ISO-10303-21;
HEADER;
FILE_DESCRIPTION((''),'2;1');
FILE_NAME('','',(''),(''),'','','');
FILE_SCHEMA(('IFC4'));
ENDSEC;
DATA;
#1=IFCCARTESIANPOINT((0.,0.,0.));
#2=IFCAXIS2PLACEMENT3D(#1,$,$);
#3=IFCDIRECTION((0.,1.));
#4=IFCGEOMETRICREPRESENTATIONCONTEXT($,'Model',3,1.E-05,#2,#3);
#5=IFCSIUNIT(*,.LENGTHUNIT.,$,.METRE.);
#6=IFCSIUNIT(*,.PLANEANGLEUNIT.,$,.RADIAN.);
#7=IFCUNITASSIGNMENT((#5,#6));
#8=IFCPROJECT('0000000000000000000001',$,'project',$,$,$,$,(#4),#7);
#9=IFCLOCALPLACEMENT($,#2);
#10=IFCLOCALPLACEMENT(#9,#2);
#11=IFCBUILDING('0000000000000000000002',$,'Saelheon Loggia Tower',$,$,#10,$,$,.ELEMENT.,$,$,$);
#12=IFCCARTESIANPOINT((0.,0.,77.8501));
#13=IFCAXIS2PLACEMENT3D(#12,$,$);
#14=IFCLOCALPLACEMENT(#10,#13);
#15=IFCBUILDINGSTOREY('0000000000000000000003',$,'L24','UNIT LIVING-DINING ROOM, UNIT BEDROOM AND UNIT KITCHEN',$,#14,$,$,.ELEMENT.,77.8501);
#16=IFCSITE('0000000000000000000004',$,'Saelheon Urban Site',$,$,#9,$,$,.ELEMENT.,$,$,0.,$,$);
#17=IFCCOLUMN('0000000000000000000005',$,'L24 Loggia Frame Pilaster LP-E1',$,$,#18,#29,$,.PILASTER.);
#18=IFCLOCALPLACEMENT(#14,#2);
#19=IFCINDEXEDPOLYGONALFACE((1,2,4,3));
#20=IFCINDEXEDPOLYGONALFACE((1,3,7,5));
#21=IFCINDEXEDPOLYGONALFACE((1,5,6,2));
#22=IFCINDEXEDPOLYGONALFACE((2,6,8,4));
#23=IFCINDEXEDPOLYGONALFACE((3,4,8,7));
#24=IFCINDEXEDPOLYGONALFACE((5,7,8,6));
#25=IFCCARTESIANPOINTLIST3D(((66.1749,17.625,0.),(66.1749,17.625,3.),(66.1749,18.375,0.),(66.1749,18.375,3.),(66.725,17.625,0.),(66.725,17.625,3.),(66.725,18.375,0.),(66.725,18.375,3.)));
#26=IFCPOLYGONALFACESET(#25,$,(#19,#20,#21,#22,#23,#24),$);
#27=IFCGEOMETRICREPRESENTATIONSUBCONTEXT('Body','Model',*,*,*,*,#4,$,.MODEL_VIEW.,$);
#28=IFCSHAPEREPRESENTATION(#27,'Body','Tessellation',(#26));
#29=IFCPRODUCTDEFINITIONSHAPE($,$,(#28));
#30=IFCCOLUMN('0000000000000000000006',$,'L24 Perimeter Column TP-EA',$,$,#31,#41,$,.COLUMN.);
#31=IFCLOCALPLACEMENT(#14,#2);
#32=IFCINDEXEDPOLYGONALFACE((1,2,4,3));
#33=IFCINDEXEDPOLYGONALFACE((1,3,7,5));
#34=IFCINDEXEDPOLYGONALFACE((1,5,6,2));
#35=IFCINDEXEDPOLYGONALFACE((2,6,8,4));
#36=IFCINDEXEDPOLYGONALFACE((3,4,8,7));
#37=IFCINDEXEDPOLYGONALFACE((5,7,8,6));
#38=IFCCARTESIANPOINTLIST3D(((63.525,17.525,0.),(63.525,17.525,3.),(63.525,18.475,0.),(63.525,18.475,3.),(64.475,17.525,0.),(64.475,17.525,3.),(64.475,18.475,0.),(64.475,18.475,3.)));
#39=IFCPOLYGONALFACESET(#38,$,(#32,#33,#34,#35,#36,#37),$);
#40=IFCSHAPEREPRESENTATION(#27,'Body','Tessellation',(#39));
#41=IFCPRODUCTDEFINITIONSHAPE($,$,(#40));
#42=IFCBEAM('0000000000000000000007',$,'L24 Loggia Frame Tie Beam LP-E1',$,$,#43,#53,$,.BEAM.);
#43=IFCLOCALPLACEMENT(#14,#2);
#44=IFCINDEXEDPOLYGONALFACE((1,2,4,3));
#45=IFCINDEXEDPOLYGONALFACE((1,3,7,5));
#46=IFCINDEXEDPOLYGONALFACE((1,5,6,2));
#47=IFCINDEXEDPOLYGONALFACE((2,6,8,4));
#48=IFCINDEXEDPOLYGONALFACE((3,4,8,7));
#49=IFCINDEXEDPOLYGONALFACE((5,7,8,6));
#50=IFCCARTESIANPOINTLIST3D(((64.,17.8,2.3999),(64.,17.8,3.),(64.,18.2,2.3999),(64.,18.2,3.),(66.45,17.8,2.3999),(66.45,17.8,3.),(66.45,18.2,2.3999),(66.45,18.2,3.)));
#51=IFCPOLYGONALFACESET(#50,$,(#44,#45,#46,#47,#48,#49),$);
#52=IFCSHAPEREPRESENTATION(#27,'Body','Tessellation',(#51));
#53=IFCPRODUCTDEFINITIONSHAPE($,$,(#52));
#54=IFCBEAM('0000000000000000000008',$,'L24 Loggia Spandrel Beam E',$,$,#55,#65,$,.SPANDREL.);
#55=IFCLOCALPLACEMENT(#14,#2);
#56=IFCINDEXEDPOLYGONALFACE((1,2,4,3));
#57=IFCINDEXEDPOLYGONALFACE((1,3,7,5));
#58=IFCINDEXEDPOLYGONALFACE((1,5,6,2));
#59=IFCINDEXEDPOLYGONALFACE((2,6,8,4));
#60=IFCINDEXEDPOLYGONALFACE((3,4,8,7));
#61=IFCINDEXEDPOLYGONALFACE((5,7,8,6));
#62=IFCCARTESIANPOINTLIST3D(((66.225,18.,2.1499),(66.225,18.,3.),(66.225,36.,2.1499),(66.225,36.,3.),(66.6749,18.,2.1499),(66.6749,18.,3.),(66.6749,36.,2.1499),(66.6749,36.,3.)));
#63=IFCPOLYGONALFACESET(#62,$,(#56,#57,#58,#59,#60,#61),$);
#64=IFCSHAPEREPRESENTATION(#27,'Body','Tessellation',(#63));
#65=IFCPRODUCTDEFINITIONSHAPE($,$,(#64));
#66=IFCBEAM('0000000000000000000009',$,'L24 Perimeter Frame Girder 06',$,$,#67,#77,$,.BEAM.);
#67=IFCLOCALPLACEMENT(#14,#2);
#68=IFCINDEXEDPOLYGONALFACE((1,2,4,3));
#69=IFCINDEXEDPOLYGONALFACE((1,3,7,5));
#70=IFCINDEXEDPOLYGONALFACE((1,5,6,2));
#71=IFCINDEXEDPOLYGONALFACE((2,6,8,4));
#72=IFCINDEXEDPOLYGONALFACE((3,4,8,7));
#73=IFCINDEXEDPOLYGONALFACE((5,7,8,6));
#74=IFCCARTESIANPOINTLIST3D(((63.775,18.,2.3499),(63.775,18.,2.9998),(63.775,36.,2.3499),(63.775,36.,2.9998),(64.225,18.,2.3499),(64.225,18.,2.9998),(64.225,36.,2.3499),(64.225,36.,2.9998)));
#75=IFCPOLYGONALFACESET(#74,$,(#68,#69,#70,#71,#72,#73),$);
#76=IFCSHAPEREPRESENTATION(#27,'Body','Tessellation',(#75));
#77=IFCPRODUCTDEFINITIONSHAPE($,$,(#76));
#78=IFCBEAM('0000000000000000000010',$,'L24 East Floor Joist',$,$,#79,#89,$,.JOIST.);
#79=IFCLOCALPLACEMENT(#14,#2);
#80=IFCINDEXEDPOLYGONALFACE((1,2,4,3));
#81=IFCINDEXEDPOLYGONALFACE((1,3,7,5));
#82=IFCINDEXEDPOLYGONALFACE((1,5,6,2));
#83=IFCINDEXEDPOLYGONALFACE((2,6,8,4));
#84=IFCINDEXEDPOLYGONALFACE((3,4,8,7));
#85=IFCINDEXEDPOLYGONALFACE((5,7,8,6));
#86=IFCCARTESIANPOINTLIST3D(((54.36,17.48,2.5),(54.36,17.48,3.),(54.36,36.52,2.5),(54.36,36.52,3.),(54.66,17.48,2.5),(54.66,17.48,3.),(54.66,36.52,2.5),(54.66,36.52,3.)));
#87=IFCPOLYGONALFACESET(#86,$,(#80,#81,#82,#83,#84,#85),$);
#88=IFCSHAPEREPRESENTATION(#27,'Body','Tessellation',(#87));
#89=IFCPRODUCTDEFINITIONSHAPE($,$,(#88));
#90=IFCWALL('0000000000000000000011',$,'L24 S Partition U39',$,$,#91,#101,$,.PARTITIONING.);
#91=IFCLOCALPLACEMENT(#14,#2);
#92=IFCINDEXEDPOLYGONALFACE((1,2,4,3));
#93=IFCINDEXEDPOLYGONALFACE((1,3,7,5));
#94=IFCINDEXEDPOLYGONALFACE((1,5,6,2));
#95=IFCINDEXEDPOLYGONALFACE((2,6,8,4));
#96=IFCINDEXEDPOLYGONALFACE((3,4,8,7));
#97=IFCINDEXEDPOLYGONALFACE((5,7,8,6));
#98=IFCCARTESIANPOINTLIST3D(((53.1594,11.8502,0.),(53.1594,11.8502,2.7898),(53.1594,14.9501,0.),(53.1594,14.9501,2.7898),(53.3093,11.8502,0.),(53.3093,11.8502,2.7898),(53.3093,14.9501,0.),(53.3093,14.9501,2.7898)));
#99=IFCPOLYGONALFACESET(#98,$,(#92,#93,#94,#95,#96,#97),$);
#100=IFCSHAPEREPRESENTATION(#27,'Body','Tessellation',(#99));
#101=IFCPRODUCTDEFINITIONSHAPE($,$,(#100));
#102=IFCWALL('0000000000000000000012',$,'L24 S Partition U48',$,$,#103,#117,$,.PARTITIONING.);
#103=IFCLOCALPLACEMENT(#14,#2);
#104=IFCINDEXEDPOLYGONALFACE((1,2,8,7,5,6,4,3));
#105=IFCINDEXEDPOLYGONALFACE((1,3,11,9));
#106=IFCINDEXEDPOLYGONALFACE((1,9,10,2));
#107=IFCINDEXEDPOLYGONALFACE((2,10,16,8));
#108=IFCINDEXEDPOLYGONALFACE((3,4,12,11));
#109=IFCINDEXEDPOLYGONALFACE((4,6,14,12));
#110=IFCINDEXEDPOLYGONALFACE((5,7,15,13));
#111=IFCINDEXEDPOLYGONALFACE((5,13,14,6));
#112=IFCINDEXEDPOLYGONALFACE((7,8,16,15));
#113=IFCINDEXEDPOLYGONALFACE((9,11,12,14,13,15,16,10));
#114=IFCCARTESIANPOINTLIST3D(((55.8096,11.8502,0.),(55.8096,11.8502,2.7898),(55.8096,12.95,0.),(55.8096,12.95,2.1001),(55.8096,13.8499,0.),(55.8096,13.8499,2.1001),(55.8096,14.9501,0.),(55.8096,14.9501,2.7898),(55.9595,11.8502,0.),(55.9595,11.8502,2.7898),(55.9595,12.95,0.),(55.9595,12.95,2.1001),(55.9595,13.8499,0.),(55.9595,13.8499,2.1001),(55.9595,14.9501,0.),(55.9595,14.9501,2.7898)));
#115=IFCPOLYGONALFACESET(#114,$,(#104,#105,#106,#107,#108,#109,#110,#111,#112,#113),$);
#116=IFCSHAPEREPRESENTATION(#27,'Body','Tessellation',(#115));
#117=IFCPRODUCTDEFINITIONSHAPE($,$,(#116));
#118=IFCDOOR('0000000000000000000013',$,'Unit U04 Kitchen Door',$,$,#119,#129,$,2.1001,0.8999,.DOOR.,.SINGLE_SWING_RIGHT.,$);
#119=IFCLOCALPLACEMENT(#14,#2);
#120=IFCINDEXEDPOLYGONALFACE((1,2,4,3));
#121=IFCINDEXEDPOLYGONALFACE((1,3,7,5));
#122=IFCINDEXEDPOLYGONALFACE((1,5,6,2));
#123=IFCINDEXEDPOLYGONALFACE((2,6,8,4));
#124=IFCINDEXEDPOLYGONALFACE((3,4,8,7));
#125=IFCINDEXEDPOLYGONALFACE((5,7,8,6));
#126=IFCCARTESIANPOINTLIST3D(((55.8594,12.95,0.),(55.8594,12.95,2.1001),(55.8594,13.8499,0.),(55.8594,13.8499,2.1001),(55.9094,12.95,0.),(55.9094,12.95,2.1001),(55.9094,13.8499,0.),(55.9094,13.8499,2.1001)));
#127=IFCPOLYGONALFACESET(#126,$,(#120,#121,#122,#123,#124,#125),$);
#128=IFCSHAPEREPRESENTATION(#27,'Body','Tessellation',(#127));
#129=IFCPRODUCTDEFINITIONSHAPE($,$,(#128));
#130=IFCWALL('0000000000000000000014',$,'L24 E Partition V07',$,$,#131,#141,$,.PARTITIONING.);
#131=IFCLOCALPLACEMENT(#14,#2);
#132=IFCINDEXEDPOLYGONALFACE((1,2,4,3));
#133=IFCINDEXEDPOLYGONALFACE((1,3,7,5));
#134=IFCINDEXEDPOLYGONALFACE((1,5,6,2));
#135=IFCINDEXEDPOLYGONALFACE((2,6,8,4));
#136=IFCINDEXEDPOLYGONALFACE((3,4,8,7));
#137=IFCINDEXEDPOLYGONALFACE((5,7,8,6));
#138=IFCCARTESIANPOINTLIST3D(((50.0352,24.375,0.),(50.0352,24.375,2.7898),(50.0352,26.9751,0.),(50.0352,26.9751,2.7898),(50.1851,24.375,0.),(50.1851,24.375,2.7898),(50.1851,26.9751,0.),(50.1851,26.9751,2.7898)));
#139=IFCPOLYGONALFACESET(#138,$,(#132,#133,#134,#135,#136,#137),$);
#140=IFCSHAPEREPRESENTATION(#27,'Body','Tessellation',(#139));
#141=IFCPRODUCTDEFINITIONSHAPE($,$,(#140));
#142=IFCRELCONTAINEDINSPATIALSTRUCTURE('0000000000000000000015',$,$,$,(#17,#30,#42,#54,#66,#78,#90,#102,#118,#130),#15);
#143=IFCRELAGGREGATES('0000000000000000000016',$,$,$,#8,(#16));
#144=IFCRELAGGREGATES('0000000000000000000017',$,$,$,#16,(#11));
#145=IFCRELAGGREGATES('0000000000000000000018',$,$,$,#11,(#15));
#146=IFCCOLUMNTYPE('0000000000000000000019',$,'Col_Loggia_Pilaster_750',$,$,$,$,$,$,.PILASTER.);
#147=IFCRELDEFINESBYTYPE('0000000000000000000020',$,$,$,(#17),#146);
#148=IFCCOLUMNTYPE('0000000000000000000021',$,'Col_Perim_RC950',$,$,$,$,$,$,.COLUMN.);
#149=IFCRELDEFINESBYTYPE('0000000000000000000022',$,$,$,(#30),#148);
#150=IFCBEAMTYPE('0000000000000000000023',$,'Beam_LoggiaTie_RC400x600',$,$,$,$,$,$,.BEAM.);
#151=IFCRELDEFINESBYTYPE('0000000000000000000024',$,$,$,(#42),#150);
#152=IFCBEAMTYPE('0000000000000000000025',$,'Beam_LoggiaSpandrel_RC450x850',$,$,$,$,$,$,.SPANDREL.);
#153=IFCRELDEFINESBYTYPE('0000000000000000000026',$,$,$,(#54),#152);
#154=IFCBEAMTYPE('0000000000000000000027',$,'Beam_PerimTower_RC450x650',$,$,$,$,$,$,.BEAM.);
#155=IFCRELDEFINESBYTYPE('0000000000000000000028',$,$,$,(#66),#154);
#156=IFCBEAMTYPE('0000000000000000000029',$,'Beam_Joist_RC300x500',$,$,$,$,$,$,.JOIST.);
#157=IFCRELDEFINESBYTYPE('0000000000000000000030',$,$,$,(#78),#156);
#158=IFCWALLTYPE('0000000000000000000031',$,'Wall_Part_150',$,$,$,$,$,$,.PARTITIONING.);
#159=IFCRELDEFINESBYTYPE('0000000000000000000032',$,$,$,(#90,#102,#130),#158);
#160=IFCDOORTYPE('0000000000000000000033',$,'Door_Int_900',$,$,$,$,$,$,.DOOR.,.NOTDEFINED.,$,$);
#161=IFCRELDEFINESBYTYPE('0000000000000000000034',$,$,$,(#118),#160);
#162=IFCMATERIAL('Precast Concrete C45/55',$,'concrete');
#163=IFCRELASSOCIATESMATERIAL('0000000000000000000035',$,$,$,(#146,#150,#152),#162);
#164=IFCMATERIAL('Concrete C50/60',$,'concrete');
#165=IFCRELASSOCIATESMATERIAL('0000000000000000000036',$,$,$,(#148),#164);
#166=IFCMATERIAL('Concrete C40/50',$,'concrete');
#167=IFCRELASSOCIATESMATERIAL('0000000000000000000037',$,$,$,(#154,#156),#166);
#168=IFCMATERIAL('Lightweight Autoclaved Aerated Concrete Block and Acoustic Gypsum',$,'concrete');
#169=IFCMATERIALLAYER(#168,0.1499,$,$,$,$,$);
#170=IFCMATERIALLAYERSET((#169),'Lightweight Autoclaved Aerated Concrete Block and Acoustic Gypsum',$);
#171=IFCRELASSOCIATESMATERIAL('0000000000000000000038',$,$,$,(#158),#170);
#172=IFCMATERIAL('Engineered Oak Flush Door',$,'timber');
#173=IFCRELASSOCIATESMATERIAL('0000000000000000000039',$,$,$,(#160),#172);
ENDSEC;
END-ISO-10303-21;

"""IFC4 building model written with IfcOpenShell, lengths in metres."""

from ifc_helpers import new_model, si_unit, direction, frame, frame_2d, origin, origin_2d, place, context, subcontext, project, spatial, rectangle, extrude, source, transform, mapped, material, layer, layer_set, material_profile, profile_set, type_object, element, fill, save


model = new_model("IFC4")

# Units and contexts
model_context = context("Model", 3, precision=1e-05, world=origin(), true_north=direction((0.0, 1.0)))
body_context = subcontext(model_context, "Body", "Model", "MODEL_VIEW")
ifc_project = project(units=[si_unit("LENGTHUNIT", "METRE"), si_unit("PLANEANGLEUNIT", "RADIAN")], contexts=[model_context])

# Site, building, storey
site_placement = place(None, origin())
site = spatial("IfcSite", under=ifc_project, at=site_placement, Name="Saelheon Urban Site", CompositionType="ELEMENT", RefElevation=0.0)
building_placement = place(site_placement, origin())
building = spatial("IfcBuilding", under=site, at=building_placement, Name="Saelheon Loggia Tower", CompositionType="ELEMENT")
storey_placement = place(building_placement, frame((0.0, 0.0, 77.8501)))
storey = spatial("IfcBuildingStorey", under=building, at=storey_placement, Name="L24", Description="UNIT LIVING-DINING ROOM, UNIT BEDROOM AND UNIT KITCHEN", CompositionType="ELEMENT", Elevation=77.8501)

# Columns
ifc_material_1 = material(Name="Precast Concrete C45/55", Category="concrete")
ifc_material_profile_1 = material_profile(ifc_material_1, rectangle(XDim=0.55, YDim=0.75, at=origin_2d()), Name="RC-550x750")
ifc_profile_set_1 = profile_set([ifc_material_profile_1], Name="Precast Concrete C45/55")
column_type_1 = type_object("IfcColumnType", Name="Col_Loggia_Pilaster_750", PredefinedType="PILASTER", material=ifc_profile_set_1)
shared_shape_1 = source(origin(), body_context, "Body", "SweptSolid", [
    extrude(rectangle(XDim=0.55, YDim=0.75, at=origin_2d()), origin(), (0.0, 0.0, 1.0), 3.0),
])
column_1_placement = place(storey_placement, frame((66.45, 18.0, 0.0), z_axis=(0.0, 0.0, 1.0), x_axis=(1.0, 0.0, 0.0)))
element("IfcColumn", 1, at=column_1_placement, inside=storey, type_object=column_type_1, Name="L24 Loggia Frame Pilaster LP-E1", PredefinedType="PILASTER", context=body_context, shape_type="MappedRepresentation", body=[
    mapped(shared_shape_1, transform((0.0, 0.0, 0.0), scale=1.0)),
])
ifc_material_2 = material(Name="Concrete C50/60", Category="concrete")
ifc_material_profile_2 = material_profile(ifc_material_2, rectangle(XDim=0.95, YDim=0.95, at=origin_2d()), Name="RC-950x950")
ifc_profile_set_2 = profile_set([ifc_material_profile_2], Name="Concrete C50/60")
column_type_2 = type_object("IfcColumnType", Name="Col_Perim_RC950", PredefinedType="COLUMN", material=ifc_profile_set_2)
shared_shape_2 = source(origin(), body_context, "Body", "SweptSolid", [
    extrude(rectangle(XDim=0.95, YDim=0.95, at=origin_2d()), origin(), (0.0, 0.0, 1.0), 3.0),
])
column_2_placement = place(storey_placement, frame((64.0, 18.0, 0.0), z_axis=(0.0, 0.0, 1.0), x_axis=(1.0, 0.0, 0.0)))
element("IfcColumn", 2, at=column_2_placement, inside=storey, type_object=column_type_2, Name="L24 Perimeter Column TP-EA", PredefinedType="COLUMN", context=body_context, shape_type="MappedRepresentation", body=[
    mapped(shared_shape_2, transform((0.0, 0.0, 0.0), scale=1.0)),
])

# Beams
ifc_material_profile_3 = material_profile(ifc_material_1, rectangle(XDim=0.3999, YDim=0.6001, at=origin_2d()), Name="RC-400x600")
ifc_profile_set_3 = profile_set([ifc_material_profile_3], Name="Precast Concrete C45/55")
beam_type_1 = type_object("IfcBeamType", Name="Beam_LoggiaTie_RC400x600", PredefinedType="BEAM", material=ifc_profile_set_3)
shared_shape_3 = source(origin(), body_context, "Body", "SweptSolid", [
    extrude(rectangle(XDim=0.3999, YDim=0.6001, at=origin_2d()), origin(), (0.0, 0.0, 1.0), 2.45),
])
beam_1_placement = place(storey_placement, frame((64.0, 18.0, 2.7), z_axis=(1.0, 0.0, 0.0), x_axis=(0.0, 1.0, 0.0)))
element("IfcBeam", 3, at=beam_1_placement, inside=storey, type_object=beam_type_1, Name="L24 Loggia Frame Tie Beam LP-E1", PredefinedType="BEAM", context=body_context, shape_type="MappedRepresentation", body=[
    mapped(shared_shape_3, transform((0.0, 0.0, 0.0), scale=1.0)),
])
ifc_material_profile_4 = material_profile(ifc_material_1, rectangle(XDim=0.45, YDim=0.8501, at=origin_2d()), Name="RC-450x850")
ifc_profile_set_4 = profile_set([ifc_material_profile_4], Name="Precast Concrete C45/55")
beam_type_2 = type_object("IfcBeamType", Name="Beam_LoggiaSpandrel_RC450x850", PredefinedType="SPANDREL", material=ifc_profile_set_4)
shared_shape_4 = source(origin(), body_context, "Body", "SweptSolid", [
    extrude(rectangle(XDim=0.45, YDim=0.8501, at=origin_2d()), origin(), (0.0, 0.0, 1.0), 18.0),
])
beam_2_placement = place(storey_placement, frame((66.45, 18.0, 2.575), z_axis=(0.0, 1.0, 0.0), x_axis=(-1.0, 0.0, 0.0)))
element("IfcBeam", 4, at=beam_2_placement, inside=storey, type_object=beam_type_2, Name="L24 Loggia Spandrel Beam E", PredefinedType="SPANDREL", context=body_context, shape_type="MappedRepresentation", body=[
    mapped(shared_shape_4, transform((0.0, 0.0, 0.0), scale=1.0)),
])
ifc_material_3 = material(Name="Concrete C40/50", Category="concrete")
ifc_material_profile_5 = material_profile(ifc_material_3, rectangle(XDim=0.45, YDim=0.6499, at=origin_2d()), Name="RC-450x650")
ifc_profile_set_5 = profile_set([ifc_material_profile_5], Name="Concrete C40/50")
beam_type_3 = type_object("IfcBeamType", Name="Beam_PerimTower_RC450x650", PredefinedType="BEAM", material=ifc_profile_set_5)
shared_shape_5 = source(origin(), body_context, "Body", "SweptSolid", [
    extrude(rectangle(XDim=0.45, YDim=0.6499, at=origin_2d()), origin(), (0.0, 0.0, 1.0), 18.0),
])
beam_3_placement = place(storey_placement, frame((64.0, 18.0, 2.6748), z_axis=(0.0, 1.0, 0.0), x_axis=(-1.0, 0.0, 0.0)))
element("IfcBeam", 5, at=beam_3_placement, inside=storey, type_object=beam_type_3, Name="L24 Perimeter Frame Girder 06", PredefinedType="BEAM", context=body_context, shape_type="MappedRepresentation", body=[
    mapped(shared_shape_5, transform((0.0, 0.0, 0.0), scale=1.0)),
])
ifc_material_profile_6 = material_profile(ifc_material_3, rectangle(XDim=0.3, YDim=0.5, at=origin_2d()), Name="RC-300x500")
ifc_profile_set_6 = profile_set([ifc_material_profile_6], Name="Concrete C40/50")
beam_type_4 = type_object("IfcBeamType", Name="Beam_Joist_RC300x500", PredefinedType="JOIST", material=ifc_profile_set_6)
shared_shape_6 = source(origin(), body_context, "Body", "SweptSolid", [
    extrude(rectangle(XDim=0.3, YDim=0.5, at=origin_2d()), origin(), (0.0, 0.0, 1.0), 19.04),
])
beam_4_placement = place(storey_placement, frame((54.51, 17.48, 2.75), z_axis=(0.0, 1.0, 0.0), x_axis=(-1.0, 0.0, 0.0)))
element("IfcBeam", 6, at=beam_4_placement, inside=storey, type_object=beam_type_4, Name="L24 East Floor Joist", PredefinedType="JOIST", context=body_context, shape_type="MappedRepresentation", body=[
    mapped(shared_shape_6, transform((0.0, 0.0, 0.0), scale=1.0)),
])

# Wall
ifc_material_4 = material(Name="Lightweight Autoclaved Aerated Concrete Block and Acoustic Gypsum", Category="concrete")
ifc_layer_1 = layer(ifc_material_4, 0.1499)
ifc_layer_set_1 = layer_set([ifc_layer_1], Name="Lightweight Autoclaved Aerated Concrete Block and Acoustic Gypsum")
wall_type_1 = type_object("IfcWallType", Name="Wall_Part_150", PredefinedType="PARTITIONING", material=ifc_layer_set_1)
wall_1_placement = place(storey_placement, frame((53.2344, 14.95, 0.0), z_axis=(0.0, 0.0, 1.0), x_axis=(0.0, -1.0, 0.0)))
element("IfcWall", 7, at=wall_1_placement, inside=storey, type_object=wall_type_1, Name="L24 S Partition U39", PredefinedType="PARTITIONING", context=body_context, shape_type="SweptSolid", body=[
    extrude(rectangle(XDim=3.0999, YDim=0.1499, at=frame_2d((1.5498, 0.0))), origin(), (0.0, 0.0, 1.0), 2.7898),
])

# Wall, opening, door
wall_2_placement = place(storey_placement, frame((55.8845, 14.95, 0.0), z_axis=(0.0, 0.0, 1.0), x_axis=(0.0, -1.0, 0.0)))
wall_2 = element("IfcWall", 8, at=wall_2_placement, inside=storey, type_object=wall_type_1, Name="L24 S Partition U48", PredefinedType="PARTITIONING", context=body_context, shape_type="SweptSolid", body=[
    extrude(rectangle(XDim=3.0999, YDim=0.1499, at=frame_2d((1.5498, 0.0))), origin(), (0.0, 0.0, 1.0), 2.7898),
])
opening_1_placement = place(wall_2_placement, frame((1.1001, 0.0, 0.0)))
opening_1 = element("IfcOpeningElement", 9, at=opening_1_placement, cuts=wall_2, PredefinedType="OPENING", context=body_context, shape_type="SweptSolid", body=[
    extrude(rectangle(XDim=0.8999, YDim=2.1001, at=frame_2d((0.45, 1.05))), frame((0.0, 0.0869, 0.0), z_axis=(0.0, -1.0, 0.0), x_axis=(1.0, 0.0, 0.0)), (0.0, 0.0, 1.0), 0.1738),
])
ifc_material_5 = material(Name="Engineered Oak Flush Door", Category="timber")
door_type = type_object("IfcDoorType", Name="Door_Int_900", OperationType="NOTDEFINED", PredefinedType="DOOR", material=ifc_material_5)
shared_shape_7 = source(origin(), body_context, "Body", "SweptSolid", [
    extrude(rectangle(XDim=0.8999, YDim=2.1001, at=frame_2d((0.45, 1.05))), frame((0.0, 0.0249, 0.0), z_axis=(0.0, -1.0, 0.0), x_axis=(1.0, 0.0, 0.0)), (0.0, 0.0, 1.0), 0.05),
])
door_1_placement = place(opening_1_placement, origin())
door_1 = element("IfcDoor", 10, at=door_1_placement, inside=storey, type_object=door_type, Name="Unit U04 Kitchen Door", OperationType="SINGLE_SWING_RIGHT", OverallHeight=2.1001, OverallWidth=0.8999, PredefinedType="DOOR", context=body_context, shape_type="MappedRepresentation", body=[
    mapped(shared_shape_7, transform((0.0, 0.0, 0.0), scale=1.0)),
])
fill(opening_1, door_1)

# Wall
wall_3_placement = place(storey_placement, frame((50.1101, 24.375, 0.0), z_axis=(0.0, 0.0, 1.0), x_axis=(0.0, 1.0, 0.0)))
element("IfcWall", 11, at=wall_3_placement, inside=storey, type_object=wall_type_1, Name="L24 E Partition V07", PredefinedType="PARTITIONING", context=body_context, shape_type="SweptSolid", body=[
    extrude(rectangle(XDim=2.6001, YDim=0.1499, at=frame_2d((1.3, 0.0))), origin(), (0.0, 0.0, 1.0), 2.7898),
])

save(model, "model.ifc")
